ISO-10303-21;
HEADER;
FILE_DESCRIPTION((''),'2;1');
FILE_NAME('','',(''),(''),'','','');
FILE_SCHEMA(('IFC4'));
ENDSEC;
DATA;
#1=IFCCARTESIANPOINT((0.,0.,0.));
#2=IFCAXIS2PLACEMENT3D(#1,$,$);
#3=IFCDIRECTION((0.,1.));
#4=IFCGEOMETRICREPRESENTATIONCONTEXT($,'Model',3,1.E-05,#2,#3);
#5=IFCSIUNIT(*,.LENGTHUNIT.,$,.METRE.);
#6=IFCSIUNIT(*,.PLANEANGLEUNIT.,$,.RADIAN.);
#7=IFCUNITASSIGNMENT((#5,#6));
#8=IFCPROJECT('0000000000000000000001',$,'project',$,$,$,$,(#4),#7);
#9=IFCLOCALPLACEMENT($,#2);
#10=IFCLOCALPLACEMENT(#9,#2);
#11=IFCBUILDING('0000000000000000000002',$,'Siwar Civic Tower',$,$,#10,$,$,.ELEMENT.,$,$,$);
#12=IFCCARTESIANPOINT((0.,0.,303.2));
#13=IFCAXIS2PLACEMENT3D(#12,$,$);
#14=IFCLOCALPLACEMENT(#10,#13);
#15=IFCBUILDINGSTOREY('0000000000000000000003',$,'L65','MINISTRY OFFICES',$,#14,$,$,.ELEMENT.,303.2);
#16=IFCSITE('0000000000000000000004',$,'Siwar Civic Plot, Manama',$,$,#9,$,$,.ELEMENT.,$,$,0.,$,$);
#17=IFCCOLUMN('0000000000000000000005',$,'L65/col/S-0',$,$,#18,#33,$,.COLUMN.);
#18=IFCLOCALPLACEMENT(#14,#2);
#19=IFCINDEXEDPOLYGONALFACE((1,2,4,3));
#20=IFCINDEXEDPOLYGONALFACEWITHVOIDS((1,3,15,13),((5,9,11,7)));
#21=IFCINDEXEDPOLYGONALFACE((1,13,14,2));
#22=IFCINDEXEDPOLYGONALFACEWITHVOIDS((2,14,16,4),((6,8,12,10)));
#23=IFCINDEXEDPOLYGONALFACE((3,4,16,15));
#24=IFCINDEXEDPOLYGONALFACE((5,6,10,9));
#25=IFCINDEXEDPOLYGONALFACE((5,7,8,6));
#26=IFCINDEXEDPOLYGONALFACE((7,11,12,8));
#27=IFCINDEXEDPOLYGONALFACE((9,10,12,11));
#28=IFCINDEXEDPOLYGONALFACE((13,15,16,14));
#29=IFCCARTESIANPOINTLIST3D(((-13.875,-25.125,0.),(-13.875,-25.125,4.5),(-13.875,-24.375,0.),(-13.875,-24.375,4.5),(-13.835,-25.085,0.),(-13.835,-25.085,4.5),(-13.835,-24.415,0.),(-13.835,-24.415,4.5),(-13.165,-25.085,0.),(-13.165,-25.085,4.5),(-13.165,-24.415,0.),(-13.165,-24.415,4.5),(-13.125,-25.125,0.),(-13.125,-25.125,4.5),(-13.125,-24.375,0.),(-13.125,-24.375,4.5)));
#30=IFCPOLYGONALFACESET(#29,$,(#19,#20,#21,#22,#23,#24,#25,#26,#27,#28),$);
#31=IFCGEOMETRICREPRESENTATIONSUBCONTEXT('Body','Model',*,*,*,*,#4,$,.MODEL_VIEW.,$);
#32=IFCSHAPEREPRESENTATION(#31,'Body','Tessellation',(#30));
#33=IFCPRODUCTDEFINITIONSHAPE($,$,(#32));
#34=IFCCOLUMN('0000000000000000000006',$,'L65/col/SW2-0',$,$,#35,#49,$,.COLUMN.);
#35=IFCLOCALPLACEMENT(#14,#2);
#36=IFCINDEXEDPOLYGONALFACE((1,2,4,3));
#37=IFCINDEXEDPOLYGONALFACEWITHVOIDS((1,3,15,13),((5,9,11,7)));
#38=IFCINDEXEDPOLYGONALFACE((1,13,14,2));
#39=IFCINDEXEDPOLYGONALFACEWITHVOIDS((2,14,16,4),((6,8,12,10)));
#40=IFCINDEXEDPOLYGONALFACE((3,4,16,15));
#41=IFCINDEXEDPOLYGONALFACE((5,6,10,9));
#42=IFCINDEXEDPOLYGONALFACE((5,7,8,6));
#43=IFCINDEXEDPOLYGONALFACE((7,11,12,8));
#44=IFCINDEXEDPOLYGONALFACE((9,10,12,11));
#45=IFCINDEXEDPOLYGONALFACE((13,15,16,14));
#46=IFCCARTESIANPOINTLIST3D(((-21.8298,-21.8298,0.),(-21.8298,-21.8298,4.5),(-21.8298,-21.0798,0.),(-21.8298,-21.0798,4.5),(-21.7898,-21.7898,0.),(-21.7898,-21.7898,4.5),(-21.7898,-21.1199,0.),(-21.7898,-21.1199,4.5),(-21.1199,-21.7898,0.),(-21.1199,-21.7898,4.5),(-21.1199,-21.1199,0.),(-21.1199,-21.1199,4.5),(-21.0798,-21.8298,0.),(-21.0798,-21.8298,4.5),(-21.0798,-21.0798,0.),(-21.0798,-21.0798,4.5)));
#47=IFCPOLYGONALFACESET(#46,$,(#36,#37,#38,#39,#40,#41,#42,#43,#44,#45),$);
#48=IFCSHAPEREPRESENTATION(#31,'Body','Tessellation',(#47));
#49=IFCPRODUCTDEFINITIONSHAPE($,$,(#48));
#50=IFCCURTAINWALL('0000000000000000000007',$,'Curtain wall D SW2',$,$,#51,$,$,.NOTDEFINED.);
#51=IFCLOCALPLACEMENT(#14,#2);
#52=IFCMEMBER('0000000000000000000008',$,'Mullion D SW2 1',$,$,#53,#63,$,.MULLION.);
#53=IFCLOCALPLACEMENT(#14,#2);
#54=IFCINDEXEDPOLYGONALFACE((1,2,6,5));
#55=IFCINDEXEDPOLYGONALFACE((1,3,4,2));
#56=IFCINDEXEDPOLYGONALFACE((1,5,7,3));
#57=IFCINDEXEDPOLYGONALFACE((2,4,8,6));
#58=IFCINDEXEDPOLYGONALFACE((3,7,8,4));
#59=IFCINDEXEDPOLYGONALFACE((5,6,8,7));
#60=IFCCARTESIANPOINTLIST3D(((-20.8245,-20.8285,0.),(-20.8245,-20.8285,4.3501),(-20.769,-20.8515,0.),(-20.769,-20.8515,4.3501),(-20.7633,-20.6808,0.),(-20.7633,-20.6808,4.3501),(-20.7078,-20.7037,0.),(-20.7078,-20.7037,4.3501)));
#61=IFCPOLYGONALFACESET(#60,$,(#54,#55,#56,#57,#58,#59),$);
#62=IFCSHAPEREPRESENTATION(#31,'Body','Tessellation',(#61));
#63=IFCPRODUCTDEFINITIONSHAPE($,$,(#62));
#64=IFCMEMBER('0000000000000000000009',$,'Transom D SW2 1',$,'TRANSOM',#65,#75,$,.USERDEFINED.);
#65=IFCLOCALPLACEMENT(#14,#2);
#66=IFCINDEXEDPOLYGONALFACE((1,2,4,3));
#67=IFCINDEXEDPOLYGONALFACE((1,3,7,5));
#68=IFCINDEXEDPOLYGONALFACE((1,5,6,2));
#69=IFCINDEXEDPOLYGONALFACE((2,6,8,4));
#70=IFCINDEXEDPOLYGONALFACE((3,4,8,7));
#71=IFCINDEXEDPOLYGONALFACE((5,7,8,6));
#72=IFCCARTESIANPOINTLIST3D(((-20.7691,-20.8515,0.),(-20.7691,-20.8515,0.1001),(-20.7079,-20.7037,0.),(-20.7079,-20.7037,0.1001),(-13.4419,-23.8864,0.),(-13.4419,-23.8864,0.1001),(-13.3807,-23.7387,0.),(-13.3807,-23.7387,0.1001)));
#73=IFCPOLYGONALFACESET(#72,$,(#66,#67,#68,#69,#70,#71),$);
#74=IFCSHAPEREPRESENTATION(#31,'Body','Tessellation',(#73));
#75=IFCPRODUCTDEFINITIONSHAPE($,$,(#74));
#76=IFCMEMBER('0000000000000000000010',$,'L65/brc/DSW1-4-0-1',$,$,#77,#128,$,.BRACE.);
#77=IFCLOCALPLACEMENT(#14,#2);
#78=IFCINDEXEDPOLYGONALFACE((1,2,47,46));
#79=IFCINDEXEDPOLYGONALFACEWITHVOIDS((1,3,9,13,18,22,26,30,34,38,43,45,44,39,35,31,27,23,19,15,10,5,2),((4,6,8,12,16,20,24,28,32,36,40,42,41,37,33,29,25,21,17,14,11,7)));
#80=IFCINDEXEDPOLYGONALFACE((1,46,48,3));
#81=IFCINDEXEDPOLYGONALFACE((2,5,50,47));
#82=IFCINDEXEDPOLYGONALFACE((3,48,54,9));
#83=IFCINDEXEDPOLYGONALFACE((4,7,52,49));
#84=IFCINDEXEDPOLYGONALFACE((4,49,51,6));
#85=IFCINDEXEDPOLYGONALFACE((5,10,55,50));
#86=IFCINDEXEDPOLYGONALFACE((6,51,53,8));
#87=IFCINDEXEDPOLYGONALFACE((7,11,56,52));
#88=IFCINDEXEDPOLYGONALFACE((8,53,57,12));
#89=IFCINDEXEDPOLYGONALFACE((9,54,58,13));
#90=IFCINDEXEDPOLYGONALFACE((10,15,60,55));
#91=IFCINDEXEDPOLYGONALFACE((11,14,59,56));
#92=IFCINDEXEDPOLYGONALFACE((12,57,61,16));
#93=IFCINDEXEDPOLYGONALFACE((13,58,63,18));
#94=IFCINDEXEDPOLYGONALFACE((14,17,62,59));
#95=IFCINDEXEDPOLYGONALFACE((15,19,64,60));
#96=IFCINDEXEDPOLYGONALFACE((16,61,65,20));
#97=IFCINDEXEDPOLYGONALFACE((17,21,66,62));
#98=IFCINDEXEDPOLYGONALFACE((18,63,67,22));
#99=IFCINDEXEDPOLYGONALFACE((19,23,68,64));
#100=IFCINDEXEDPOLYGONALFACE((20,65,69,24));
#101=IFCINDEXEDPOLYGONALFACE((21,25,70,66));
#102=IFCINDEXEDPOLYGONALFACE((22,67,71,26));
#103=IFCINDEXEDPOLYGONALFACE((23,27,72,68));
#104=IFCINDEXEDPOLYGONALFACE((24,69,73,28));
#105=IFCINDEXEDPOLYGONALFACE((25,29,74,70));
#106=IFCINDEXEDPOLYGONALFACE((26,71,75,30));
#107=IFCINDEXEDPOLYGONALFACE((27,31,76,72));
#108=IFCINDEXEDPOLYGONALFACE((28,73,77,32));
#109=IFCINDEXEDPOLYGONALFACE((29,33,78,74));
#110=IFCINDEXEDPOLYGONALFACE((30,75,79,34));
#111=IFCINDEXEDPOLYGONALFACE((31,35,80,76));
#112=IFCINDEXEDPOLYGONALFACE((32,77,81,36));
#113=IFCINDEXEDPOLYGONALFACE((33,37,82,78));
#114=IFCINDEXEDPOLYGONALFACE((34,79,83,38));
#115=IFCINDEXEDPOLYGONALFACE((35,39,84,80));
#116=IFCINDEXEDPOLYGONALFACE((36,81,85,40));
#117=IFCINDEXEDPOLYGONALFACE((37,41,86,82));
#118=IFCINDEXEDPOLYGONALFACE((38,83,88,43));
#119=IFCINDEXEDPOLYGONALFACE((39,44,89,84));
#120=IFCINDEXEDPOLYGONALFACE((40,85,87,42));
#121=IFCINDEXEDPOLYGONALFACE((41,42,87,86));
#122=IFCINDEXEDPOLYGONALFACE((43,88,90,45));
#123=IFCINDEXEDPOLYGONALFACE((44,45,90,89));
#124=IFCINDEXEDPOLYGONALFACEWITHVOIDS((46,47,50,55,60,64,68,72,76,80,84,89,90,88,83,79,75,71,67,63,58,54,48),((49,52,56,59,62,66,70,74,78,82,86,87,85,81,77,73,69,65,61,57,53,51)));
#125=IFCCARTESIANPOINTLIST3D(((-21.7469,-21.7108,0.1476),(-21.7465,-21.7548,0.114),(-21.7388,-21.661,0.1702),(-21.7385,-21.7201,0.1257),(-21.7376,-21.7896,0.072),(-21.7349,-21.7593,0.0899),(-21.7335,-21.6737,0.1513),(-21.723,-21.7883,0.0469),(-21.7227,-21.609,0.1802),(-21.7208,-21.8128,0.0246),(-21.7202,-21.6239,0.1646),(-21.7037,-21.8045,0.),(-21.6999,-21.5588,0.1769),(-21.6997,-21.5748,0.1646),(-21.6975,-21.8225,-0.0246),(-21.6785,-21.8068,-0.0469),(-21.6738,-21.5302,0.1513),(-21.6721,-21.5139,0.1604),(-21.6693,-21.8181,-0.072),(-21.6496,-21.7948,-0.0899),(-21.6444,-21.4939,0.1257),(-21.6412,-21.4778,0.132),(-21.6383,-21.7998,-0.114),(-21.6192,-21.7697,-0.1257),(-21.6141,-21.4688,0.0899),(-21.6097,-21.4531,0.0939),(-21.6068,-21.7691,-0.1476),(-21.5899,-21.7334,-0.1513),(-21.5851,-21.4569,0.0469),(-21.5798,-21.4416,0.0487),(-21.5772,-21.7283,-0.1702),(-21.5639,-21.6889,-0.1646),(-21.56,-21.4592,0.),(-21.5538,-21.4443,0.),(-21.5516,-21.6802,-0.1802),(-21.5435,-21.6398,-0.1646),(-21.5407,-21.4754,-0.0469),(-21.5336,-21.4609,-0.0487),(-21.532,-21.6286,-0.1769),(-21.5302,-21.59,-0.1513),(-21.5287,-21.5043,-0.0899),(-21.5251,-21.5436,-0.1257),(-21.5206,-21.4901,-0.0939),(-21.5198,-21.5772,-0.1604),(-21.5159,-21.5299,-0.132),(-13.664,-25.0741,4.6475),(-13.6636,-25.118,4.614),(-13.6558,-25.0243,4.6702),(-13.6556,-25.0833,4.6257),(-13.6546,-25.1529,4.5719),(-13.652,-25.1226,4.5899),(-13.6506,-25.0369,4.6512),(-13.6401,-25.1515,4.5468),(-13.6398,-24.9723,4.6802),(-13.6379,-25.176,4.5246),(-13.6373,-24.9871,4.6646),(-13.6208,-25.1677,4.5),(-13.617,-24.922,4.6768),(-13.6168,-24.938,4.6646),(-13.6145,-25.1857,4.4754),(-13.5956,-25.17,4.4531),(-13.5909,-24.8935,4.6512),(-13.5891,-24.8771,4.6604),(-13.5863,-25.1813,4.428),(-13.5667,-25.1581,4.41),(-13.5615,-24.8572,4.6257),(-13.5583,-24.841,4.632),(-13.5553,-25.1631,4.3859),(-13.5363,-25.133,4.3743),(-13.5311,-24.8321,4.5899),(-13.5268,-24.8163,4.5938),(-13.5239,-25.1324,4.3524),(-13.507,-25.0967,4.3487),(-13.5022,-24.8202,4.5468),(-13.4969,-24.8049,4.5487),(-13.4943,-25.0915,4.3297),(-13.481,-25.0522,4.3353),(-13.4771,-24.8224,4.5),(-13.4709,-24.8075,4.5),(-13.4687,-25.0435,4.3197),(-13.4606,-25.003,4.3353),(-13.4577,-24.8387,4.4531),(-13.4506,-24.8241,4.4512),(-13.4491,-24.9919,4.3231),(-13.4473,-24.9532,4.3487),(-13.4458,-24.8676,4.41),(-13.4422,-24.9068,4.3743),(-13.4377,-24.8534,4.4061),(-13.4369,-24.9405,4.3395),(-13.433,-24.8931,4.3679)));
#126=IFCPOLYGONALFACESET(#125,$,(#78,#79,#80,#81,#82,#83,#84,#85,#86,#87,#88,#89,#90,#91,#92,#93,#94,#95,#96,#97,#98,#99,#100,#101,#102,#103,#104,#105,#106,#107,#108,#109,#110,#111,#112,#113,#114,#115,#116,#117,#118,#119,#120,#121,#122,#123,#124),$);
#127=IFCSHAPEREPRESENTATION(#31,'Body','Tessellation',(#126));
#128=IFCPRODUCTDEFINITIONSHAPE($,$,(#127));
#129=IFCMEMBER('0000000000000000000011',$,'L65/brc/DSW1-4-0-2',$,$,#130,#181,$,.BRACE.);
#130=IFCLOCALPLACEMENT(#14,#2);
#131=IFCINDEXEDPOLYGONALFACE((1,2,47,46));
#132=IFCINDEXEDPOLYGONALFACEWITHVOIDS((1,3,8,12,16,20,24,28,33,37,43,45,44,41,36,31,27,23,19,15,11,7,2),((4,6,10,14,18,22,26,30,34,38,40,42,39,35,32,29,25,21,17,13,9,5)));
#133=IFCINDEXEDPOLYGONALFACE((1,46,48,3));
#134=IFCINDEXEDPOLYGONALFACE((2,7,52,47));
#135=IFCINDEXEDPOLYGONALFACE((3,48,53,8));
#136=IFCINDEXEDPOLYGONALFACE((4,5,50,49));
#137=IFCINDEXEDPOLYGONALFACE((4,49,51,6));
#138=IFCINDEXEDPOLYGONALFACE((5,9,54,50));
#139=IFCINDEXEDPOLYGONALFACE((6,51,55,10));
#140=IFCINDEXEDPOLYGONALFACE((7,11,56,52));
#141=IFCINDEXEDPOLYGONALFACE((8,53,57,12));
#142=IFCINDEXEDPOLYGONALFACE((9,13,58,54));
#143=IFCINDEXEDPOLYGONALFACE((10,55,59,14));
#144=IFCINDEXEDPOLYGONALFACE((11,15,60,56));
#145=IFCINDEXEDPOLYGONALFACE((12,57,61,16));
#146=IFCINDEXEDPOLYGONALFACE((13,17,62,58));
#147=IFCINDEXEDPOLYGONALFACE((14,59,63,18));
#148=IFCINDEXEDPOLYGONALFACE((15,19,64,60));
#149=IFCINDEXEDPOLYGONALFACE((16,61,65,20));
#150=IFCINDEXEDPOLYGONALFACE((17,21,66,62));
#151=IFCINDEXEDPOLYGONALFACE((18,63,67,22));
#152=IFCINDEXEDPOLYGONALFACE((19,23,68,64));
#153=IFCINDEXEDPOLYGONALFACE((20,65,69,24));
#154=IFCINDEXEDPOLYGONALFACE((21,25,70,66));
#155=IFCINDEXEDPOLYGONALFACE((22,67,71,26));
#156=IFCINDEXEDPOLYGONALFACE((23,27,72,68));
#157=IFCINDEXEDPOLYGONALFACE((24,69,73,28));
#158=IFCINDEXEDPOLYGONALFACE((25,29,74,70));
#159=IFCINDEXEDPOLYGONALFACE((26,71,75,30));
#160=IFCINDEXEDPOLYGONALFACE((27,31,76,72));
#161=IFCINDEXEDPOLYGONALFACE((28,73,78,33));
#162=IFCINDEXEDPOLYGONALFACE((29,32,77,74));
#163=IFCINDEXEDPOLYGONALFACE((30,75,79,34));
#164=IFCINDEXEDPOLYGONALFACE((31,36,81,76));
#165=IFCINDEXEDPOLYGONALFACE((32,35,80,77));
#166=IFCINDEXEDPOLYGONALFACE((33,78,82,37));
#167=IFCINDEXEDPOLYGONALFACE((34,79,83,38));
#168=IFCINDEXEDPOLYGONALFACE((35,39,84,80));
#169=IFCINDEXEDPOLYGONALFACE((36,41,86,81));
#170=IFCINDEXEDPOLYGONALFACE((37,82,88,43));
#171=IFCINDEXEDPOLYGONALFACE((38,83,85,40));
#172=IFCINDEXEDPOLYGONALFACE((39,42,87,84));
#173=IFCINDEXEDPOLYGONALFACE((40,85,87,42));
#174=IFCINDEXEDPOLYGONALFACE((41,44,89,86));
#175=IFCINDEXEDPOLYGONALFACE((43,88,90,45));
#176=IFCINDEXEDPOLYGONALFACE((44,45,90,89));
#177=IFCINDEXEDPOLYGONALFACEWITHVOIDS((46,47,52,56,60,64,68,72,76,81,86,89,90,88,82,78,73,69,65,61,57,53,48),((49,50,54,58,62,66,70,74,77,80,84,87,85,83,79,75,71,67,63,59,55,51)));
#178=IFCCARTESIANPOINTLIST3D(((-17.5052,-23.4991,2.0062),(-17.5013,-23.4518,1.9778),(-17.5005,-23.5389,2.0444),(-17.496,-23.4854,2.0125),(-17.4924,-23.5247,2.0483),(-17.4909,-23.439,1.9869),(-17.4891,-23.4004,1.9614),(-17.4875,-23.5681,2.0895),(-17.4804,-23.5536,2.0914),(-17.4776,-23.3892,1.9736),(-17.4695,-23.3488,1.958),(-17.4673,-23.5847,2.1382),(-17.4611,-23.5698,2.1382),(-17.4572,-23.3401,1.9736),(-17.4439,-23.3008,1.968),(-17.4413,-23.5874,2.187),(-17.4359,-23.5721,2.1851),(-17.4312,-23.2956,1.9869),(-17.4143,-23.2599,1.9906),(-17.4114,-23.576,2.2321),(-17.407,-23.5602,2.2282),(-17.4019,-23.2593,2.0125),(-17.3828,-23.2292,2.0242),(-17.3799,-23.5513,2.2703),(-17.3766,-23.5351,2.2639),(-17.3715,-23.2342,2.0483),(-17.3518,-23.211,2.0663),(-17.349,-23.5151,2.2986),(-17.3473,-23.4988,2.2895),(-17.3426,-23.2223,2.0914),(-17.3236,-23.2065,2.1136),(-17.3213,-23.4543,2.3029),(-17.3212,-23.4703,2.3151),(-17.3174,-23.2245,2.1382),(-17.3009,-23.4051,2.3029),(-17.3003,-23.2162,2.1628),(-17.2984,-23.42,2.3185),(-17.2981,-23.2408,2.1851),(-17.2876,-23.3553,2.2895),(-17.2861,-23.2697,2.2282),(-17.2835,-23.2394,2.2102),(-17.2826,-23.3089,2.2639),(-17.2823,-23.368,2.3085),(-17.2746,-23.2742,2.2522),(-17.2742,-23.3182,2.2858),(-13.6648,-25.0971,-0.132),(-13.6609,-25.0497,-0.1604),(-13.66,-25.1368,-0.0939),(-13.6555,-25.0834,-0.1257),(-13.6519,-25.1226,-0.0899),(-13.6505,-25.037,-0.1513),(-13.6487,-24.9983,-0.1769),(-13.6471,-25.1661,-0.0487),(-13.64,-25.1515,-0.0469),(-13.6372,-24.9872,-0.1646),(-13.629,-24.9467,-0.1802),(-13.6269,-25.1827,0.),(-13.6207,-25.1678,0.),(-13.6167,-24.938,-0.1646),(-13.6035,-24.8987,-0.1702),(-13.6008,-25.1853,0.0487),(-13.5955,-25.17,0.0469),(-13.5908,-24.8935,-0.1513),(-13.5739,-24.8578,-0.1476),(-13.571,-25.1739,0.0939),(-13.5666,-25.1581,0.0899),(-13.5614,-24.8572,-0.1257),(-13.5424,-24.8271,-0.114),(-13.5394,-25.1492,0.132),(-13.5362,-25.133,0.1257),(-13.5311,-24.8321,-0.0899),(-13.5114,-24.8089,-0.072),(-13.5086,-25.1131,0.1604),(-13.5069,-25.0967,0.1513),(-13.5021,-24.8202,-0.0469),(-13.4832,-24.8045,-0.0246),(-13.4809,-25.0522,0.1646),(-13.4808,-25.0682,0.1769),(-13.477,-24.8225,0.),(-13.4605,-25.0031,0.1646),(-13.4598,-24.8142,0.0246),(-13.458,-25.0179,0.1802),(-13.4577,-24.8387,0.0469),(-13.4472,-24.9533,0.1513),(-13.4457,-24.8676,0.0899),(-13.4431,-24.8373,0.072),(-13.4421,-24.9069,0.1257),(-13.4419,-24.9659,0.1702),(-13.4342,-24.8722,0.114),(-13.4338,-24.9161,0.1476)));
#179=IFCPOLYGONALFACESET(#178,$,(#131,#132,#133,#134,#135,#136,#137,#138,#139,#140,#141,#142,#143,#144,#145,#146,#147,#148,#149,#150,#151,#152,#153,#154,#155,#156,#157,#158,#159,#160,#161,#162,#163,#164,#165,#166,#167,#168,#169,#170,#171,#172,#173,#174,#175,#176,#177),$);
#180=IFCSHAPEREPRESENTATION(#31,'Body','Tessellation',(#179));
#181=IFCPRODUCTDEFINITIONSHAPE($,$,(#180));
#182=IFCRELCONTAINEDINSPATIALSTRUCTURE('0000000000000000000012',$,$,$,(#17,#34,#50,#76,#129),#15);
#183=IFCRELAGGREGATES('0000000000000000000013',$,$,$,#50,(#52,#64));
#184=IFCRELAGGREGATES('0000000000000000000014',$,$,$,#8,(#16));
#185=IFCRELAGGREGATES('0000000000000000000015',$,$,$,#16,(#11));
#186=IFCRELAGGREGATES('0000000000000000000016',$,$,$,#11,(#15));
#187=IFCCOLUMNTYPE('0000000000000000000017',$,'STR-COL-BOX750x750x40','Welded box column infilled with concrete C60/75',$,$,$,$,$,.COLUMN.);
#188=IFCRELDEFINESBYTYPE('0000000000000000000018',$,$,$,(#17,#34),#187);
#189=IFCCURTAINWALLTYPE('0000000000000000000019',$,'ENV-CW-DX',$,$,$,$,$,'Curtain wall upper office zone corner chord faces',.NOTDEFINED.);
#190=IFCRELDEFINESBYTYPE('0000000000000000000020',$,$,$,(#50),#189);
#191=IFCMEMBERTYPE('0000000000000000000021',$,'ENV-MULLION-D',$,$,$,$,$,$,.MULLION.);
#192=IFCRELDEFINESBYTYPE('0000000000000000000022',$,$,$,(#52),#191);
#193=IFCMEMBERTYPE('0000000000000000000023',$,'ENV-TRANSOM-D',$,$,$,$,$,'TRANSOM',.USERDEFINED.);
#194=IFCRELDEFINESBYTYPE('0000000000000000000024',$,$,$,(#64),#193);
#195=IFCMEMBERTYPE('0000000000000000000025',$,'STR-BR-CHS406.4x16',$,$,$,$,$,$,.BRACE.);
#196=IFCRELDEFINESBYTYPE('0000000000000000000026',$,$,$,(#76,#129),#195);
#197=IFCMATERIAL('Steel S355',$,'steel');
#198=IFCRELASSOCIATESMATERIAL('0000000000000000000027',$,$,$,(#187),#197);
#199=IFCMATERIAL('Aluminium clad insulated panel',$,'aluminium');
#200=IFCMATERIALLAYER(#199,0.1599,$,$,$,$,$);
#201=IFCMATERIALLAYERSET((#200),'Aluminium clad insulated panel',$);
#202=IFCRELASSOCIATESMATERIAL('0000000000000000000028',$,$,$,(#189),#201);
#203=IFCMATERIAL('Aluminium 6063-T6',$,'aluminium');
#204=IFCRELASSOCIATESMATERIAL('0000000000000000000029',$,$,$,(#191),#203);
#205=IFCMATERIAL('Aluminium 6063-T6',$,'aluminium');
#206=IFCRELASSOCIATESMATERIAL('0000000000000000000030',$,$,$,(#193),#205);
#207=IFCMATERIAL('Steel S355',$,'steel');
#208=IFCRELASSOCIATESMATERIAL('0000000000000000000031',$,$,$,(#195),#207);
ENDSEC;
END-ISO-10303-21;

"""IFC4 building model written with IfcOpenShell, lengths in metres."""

from ifc_helpers import new_model, si_unit, direction, frame, origin, origin_2d, place, context, subcontext, project, spatial, rectangle, hollow_rectangle, hollow_circle, extrude, material, layer, layer_set, material_profile, profile_set, type_object, element, aggregate, save


model = new_model("IFC4")

# Units and contexts
model_context = context("Model", 3, precision=1e-05, world=origin(), true_north=direction((0.0, 1.0)))
body_context = subcontext(model_context, "Body", "Model", "MODEL_VIEW")
ifc_project = project(units=[si_unit("LENGTHUNIT", "METRE"), si_unit("PLANEANGLEUNIT", "RADIAN")], contexts=[model_context])

# Site, building, storey
site_placement = place(None, origin())
site = spatial("IfcSite", under=ifc_project, at=site_placement, Name="Siwar Civic Plot, Manama", CompositionType="ELEMENT", RefElevation=0.0)
building_placement = place(site_placement, origin())
building = spatial("IfcBuilding", under=site, at=building_placement, Name="Siwar Civic Tower", CompositionType="ELEMENT")
storey_placement = place(building_placement, frame((0.0, 0.0, 303.2)))
storey = spatial("IfcBuildingStorey", under=building, at=storey_placement, Name="L65", Description="MINISTRY OFFICES", CompositionType="ELEMENT", Elevation=303.2)

# Columns
ifc_material_1 = material(Name="Steel S355", Category="steel")
ifc_material_profile_1 = material_profile(ifc_material_1, hollow_rectangle(XDim=0.75, YDim=0.75, WallThickness=0.04, at=origin_2d()), Name="BOX750x750x40")
ifc_profile_set_1 = profile_set([ifc_material_profile_1], Name="Steel S355")
column_type = type_object("IfcColumnType", Name="STR-COL-BOX750x750x40", Description="Welded box column infilled with concrete C60/75", PredefinedType="COLUMN", material=ifc_profile_set_1)
for number, where, z_axis, x_axis, name in (
    (1, (-13.5, -24.75, 0.0), (0.0, 0.0, 1.0), (1.0, 0.0, 0.0), "L65/col/S-0"),
    (2, (-21.4548, -21.4548, 0.0), (0.0, 0.0, 1.0), (1.0, 0.0, 0.0), "L65/col/SW2-0"),
):
    element("IfcColumn", number, at=place(storey_placement, frame(where, z_axis=z_axis, x_axis=x_axis)), inside=storey, type_object=column_type, Name=name, PredefinedType="COLUMN", context=body_context, shape_type="SweptSolid", body=[
        extrude(hollow_rectangle(XDim=0.75, YDim=0.75, WallThickness=0.04, at=origin_2d()), origin(), (0.0, 0.0, 1.0), 4.5),
    ])

# Curtain wall, members
ifc_material_2 = material(Name="Aluminium clad insulated panel", Category="aluminium")
ifc_layer_1 = layer(ifc_material_2, 0.1599)
ifc_layer_set_1 = layer_set([ifc_layer_1], Name="Aluminium clad insulated panel")
curtain_wall_type = type_object("IfcCurtainWallType", Name="ENV-CW-DX", ElementType="Curtain wall upper office zone corner chord faces", PredefinedType="NOTDEFINED", material=ifc_layer_set_1)
curtain_wall_1_placement = place(storey_placement, origin())
curtain_wall_1 = element("IfcCurtainWall", 3, at=curtain_wall_1_placement, inside=storey, type_object=curtain_wall_type, Name="Curtain wall D SW2", PredefinedType="NOTDEFINED")
ifc_material_3 = material(Name="Aluminium 6063-T6", Category="aluminium")
ifc_material_profile_2 = material_profile(ifc_material_3, rectangle(XDim=0.1599, YDim=0.0601, at=origin_2d()), Name="AL 160x60")
ifc_profile_set_2 = profile_set([ifc_material_profile_2], Name="Aluminium 6063-T6")
member_type_1 = type_object("IfcMemberType", Name="ENV-MULLION-D", PredefinedType="MULLION", material=ifc_profile_set_2)
member_1_placement = place(storey_placement, frame((-20.7661, -20.7661, 0.0), z_axis=(0.0, 0.0, 1.0), x_axis=(0.382683, 0.92388, 0.0)))
member_1 = element("IfcMember", 4, at=member_1_placement, type_object=member_type_1, Name="Mullion D SW2 1", PredefinedType="MULLION", context=body_context, shape_type="SweptSolid", body=[
    extrude(rectangle(XDim=0.1599, YDim=0.0601, at=origin_2d()), origin(), (0.0, 0.0, 1.0), 4.3501),
])
ifc_material_4 = material(Name="Aluminium 6063-T6", Category="aluminium")
ifc_material_profile_3 = material_profile(ifc_material_4, rectangle(XDim=0.1599, YDim=0.1001, at=origin_2d()), Name="AL 160x100")
ifc_profile_set_3 = profile_set([ifc_material_profile_3], Name="Aluminium 6063-T6")
member_type_2 = type_object("IfcMemberType", Name="ENV-TRANSOM-D", ElementType="TRANSOM", PredefinedType="USERDEFINED", material=ifc_profile_set_3)
member_2_placement = place(storey_placement, frame((-20.7385, -20.7776, 0.05), z_axis=(0.923884, -0.382674, 0.0), x_axis=(0.382674, 0.923884, 0.0)))
member_2 = element("IfcMember", 5, at=member_2_placement, type_object=member_type_2, Name="Transom D SW2 1", ObjectType="TRANSOM", PredefinedType="USERDEFINED", context=body_context, shape_type="SweptSolid", body=[
    extrude(rectangle(XDim=0.1599, YDim=0.1001, at=origin_2d()), origin(), (0.0, 0.0, 1.0), 7.9309),
])

# Members
ifc_material_5 = material(Name="Steel S355", Category="steel")
ifc_material_profile_4 = material_profile(ifc_material_5, hollow_circle(Radius=0.2031, WallThickness=0.0161, at=origin_2d()), Name="CHS406.4x16")
ifc_profile_set_4 = profile_set([ifc_material_profile_4], Name="Steel S355")
member_type_3 = type_object("IfcMemberType", Name="STR-BR-CHS406.4x16", PredefinedType="BRACE", material=ifc_profile_set_4)
member_3_placement = place(storey_placement, frame((-21.6318, -21.6318, 0.0), z_axis=(0.821143, -0.341671, 0.457149), x_axis=(0.384164, 0.923265, 0.0)))
element("IfcMember", 6, at=member_3_placement, inside=storey, type_object=member_type_3, Name="L65/brc/DSW1-4-0-1", PredefinedType="BRACE", context=body_context, shape_type="SweptSolid", body=[
    extrude(hollow_circle(Radius=0.2031, WallThickness=0.0161, at=origin_2d()), origin(), (0.0, 0.0, 1.0), 9.8435),
])
for number, where, z_axis, x_axis, name in (
    (7, (-13.5488, -24.9951, 0.0), (-0.82113, 0.341659, 0.457181), (-0.384157, -0.923268, 0.0), "L65/brc/DSW1-4-0-2"),
):
    element("IfcMember", number, at=place(storey_placement, frame(where, z_axis=z_axis, x_axis=x_axis)), inside=storey, type_object=member_type_3, Name=name, PredefinedType="BRACE", context=body_context, shape_type="SweptSolid", body=[
        extrude(hollow_circle(Radius=0.2031, WallThickness=0.0161, at=origin_2d()), origin(), (0.0, 0.0, 1.0), 4.677),
    ])

aggregate(curtain_wall_1, [member_1, member_2])

save(model, "model.ifc")
